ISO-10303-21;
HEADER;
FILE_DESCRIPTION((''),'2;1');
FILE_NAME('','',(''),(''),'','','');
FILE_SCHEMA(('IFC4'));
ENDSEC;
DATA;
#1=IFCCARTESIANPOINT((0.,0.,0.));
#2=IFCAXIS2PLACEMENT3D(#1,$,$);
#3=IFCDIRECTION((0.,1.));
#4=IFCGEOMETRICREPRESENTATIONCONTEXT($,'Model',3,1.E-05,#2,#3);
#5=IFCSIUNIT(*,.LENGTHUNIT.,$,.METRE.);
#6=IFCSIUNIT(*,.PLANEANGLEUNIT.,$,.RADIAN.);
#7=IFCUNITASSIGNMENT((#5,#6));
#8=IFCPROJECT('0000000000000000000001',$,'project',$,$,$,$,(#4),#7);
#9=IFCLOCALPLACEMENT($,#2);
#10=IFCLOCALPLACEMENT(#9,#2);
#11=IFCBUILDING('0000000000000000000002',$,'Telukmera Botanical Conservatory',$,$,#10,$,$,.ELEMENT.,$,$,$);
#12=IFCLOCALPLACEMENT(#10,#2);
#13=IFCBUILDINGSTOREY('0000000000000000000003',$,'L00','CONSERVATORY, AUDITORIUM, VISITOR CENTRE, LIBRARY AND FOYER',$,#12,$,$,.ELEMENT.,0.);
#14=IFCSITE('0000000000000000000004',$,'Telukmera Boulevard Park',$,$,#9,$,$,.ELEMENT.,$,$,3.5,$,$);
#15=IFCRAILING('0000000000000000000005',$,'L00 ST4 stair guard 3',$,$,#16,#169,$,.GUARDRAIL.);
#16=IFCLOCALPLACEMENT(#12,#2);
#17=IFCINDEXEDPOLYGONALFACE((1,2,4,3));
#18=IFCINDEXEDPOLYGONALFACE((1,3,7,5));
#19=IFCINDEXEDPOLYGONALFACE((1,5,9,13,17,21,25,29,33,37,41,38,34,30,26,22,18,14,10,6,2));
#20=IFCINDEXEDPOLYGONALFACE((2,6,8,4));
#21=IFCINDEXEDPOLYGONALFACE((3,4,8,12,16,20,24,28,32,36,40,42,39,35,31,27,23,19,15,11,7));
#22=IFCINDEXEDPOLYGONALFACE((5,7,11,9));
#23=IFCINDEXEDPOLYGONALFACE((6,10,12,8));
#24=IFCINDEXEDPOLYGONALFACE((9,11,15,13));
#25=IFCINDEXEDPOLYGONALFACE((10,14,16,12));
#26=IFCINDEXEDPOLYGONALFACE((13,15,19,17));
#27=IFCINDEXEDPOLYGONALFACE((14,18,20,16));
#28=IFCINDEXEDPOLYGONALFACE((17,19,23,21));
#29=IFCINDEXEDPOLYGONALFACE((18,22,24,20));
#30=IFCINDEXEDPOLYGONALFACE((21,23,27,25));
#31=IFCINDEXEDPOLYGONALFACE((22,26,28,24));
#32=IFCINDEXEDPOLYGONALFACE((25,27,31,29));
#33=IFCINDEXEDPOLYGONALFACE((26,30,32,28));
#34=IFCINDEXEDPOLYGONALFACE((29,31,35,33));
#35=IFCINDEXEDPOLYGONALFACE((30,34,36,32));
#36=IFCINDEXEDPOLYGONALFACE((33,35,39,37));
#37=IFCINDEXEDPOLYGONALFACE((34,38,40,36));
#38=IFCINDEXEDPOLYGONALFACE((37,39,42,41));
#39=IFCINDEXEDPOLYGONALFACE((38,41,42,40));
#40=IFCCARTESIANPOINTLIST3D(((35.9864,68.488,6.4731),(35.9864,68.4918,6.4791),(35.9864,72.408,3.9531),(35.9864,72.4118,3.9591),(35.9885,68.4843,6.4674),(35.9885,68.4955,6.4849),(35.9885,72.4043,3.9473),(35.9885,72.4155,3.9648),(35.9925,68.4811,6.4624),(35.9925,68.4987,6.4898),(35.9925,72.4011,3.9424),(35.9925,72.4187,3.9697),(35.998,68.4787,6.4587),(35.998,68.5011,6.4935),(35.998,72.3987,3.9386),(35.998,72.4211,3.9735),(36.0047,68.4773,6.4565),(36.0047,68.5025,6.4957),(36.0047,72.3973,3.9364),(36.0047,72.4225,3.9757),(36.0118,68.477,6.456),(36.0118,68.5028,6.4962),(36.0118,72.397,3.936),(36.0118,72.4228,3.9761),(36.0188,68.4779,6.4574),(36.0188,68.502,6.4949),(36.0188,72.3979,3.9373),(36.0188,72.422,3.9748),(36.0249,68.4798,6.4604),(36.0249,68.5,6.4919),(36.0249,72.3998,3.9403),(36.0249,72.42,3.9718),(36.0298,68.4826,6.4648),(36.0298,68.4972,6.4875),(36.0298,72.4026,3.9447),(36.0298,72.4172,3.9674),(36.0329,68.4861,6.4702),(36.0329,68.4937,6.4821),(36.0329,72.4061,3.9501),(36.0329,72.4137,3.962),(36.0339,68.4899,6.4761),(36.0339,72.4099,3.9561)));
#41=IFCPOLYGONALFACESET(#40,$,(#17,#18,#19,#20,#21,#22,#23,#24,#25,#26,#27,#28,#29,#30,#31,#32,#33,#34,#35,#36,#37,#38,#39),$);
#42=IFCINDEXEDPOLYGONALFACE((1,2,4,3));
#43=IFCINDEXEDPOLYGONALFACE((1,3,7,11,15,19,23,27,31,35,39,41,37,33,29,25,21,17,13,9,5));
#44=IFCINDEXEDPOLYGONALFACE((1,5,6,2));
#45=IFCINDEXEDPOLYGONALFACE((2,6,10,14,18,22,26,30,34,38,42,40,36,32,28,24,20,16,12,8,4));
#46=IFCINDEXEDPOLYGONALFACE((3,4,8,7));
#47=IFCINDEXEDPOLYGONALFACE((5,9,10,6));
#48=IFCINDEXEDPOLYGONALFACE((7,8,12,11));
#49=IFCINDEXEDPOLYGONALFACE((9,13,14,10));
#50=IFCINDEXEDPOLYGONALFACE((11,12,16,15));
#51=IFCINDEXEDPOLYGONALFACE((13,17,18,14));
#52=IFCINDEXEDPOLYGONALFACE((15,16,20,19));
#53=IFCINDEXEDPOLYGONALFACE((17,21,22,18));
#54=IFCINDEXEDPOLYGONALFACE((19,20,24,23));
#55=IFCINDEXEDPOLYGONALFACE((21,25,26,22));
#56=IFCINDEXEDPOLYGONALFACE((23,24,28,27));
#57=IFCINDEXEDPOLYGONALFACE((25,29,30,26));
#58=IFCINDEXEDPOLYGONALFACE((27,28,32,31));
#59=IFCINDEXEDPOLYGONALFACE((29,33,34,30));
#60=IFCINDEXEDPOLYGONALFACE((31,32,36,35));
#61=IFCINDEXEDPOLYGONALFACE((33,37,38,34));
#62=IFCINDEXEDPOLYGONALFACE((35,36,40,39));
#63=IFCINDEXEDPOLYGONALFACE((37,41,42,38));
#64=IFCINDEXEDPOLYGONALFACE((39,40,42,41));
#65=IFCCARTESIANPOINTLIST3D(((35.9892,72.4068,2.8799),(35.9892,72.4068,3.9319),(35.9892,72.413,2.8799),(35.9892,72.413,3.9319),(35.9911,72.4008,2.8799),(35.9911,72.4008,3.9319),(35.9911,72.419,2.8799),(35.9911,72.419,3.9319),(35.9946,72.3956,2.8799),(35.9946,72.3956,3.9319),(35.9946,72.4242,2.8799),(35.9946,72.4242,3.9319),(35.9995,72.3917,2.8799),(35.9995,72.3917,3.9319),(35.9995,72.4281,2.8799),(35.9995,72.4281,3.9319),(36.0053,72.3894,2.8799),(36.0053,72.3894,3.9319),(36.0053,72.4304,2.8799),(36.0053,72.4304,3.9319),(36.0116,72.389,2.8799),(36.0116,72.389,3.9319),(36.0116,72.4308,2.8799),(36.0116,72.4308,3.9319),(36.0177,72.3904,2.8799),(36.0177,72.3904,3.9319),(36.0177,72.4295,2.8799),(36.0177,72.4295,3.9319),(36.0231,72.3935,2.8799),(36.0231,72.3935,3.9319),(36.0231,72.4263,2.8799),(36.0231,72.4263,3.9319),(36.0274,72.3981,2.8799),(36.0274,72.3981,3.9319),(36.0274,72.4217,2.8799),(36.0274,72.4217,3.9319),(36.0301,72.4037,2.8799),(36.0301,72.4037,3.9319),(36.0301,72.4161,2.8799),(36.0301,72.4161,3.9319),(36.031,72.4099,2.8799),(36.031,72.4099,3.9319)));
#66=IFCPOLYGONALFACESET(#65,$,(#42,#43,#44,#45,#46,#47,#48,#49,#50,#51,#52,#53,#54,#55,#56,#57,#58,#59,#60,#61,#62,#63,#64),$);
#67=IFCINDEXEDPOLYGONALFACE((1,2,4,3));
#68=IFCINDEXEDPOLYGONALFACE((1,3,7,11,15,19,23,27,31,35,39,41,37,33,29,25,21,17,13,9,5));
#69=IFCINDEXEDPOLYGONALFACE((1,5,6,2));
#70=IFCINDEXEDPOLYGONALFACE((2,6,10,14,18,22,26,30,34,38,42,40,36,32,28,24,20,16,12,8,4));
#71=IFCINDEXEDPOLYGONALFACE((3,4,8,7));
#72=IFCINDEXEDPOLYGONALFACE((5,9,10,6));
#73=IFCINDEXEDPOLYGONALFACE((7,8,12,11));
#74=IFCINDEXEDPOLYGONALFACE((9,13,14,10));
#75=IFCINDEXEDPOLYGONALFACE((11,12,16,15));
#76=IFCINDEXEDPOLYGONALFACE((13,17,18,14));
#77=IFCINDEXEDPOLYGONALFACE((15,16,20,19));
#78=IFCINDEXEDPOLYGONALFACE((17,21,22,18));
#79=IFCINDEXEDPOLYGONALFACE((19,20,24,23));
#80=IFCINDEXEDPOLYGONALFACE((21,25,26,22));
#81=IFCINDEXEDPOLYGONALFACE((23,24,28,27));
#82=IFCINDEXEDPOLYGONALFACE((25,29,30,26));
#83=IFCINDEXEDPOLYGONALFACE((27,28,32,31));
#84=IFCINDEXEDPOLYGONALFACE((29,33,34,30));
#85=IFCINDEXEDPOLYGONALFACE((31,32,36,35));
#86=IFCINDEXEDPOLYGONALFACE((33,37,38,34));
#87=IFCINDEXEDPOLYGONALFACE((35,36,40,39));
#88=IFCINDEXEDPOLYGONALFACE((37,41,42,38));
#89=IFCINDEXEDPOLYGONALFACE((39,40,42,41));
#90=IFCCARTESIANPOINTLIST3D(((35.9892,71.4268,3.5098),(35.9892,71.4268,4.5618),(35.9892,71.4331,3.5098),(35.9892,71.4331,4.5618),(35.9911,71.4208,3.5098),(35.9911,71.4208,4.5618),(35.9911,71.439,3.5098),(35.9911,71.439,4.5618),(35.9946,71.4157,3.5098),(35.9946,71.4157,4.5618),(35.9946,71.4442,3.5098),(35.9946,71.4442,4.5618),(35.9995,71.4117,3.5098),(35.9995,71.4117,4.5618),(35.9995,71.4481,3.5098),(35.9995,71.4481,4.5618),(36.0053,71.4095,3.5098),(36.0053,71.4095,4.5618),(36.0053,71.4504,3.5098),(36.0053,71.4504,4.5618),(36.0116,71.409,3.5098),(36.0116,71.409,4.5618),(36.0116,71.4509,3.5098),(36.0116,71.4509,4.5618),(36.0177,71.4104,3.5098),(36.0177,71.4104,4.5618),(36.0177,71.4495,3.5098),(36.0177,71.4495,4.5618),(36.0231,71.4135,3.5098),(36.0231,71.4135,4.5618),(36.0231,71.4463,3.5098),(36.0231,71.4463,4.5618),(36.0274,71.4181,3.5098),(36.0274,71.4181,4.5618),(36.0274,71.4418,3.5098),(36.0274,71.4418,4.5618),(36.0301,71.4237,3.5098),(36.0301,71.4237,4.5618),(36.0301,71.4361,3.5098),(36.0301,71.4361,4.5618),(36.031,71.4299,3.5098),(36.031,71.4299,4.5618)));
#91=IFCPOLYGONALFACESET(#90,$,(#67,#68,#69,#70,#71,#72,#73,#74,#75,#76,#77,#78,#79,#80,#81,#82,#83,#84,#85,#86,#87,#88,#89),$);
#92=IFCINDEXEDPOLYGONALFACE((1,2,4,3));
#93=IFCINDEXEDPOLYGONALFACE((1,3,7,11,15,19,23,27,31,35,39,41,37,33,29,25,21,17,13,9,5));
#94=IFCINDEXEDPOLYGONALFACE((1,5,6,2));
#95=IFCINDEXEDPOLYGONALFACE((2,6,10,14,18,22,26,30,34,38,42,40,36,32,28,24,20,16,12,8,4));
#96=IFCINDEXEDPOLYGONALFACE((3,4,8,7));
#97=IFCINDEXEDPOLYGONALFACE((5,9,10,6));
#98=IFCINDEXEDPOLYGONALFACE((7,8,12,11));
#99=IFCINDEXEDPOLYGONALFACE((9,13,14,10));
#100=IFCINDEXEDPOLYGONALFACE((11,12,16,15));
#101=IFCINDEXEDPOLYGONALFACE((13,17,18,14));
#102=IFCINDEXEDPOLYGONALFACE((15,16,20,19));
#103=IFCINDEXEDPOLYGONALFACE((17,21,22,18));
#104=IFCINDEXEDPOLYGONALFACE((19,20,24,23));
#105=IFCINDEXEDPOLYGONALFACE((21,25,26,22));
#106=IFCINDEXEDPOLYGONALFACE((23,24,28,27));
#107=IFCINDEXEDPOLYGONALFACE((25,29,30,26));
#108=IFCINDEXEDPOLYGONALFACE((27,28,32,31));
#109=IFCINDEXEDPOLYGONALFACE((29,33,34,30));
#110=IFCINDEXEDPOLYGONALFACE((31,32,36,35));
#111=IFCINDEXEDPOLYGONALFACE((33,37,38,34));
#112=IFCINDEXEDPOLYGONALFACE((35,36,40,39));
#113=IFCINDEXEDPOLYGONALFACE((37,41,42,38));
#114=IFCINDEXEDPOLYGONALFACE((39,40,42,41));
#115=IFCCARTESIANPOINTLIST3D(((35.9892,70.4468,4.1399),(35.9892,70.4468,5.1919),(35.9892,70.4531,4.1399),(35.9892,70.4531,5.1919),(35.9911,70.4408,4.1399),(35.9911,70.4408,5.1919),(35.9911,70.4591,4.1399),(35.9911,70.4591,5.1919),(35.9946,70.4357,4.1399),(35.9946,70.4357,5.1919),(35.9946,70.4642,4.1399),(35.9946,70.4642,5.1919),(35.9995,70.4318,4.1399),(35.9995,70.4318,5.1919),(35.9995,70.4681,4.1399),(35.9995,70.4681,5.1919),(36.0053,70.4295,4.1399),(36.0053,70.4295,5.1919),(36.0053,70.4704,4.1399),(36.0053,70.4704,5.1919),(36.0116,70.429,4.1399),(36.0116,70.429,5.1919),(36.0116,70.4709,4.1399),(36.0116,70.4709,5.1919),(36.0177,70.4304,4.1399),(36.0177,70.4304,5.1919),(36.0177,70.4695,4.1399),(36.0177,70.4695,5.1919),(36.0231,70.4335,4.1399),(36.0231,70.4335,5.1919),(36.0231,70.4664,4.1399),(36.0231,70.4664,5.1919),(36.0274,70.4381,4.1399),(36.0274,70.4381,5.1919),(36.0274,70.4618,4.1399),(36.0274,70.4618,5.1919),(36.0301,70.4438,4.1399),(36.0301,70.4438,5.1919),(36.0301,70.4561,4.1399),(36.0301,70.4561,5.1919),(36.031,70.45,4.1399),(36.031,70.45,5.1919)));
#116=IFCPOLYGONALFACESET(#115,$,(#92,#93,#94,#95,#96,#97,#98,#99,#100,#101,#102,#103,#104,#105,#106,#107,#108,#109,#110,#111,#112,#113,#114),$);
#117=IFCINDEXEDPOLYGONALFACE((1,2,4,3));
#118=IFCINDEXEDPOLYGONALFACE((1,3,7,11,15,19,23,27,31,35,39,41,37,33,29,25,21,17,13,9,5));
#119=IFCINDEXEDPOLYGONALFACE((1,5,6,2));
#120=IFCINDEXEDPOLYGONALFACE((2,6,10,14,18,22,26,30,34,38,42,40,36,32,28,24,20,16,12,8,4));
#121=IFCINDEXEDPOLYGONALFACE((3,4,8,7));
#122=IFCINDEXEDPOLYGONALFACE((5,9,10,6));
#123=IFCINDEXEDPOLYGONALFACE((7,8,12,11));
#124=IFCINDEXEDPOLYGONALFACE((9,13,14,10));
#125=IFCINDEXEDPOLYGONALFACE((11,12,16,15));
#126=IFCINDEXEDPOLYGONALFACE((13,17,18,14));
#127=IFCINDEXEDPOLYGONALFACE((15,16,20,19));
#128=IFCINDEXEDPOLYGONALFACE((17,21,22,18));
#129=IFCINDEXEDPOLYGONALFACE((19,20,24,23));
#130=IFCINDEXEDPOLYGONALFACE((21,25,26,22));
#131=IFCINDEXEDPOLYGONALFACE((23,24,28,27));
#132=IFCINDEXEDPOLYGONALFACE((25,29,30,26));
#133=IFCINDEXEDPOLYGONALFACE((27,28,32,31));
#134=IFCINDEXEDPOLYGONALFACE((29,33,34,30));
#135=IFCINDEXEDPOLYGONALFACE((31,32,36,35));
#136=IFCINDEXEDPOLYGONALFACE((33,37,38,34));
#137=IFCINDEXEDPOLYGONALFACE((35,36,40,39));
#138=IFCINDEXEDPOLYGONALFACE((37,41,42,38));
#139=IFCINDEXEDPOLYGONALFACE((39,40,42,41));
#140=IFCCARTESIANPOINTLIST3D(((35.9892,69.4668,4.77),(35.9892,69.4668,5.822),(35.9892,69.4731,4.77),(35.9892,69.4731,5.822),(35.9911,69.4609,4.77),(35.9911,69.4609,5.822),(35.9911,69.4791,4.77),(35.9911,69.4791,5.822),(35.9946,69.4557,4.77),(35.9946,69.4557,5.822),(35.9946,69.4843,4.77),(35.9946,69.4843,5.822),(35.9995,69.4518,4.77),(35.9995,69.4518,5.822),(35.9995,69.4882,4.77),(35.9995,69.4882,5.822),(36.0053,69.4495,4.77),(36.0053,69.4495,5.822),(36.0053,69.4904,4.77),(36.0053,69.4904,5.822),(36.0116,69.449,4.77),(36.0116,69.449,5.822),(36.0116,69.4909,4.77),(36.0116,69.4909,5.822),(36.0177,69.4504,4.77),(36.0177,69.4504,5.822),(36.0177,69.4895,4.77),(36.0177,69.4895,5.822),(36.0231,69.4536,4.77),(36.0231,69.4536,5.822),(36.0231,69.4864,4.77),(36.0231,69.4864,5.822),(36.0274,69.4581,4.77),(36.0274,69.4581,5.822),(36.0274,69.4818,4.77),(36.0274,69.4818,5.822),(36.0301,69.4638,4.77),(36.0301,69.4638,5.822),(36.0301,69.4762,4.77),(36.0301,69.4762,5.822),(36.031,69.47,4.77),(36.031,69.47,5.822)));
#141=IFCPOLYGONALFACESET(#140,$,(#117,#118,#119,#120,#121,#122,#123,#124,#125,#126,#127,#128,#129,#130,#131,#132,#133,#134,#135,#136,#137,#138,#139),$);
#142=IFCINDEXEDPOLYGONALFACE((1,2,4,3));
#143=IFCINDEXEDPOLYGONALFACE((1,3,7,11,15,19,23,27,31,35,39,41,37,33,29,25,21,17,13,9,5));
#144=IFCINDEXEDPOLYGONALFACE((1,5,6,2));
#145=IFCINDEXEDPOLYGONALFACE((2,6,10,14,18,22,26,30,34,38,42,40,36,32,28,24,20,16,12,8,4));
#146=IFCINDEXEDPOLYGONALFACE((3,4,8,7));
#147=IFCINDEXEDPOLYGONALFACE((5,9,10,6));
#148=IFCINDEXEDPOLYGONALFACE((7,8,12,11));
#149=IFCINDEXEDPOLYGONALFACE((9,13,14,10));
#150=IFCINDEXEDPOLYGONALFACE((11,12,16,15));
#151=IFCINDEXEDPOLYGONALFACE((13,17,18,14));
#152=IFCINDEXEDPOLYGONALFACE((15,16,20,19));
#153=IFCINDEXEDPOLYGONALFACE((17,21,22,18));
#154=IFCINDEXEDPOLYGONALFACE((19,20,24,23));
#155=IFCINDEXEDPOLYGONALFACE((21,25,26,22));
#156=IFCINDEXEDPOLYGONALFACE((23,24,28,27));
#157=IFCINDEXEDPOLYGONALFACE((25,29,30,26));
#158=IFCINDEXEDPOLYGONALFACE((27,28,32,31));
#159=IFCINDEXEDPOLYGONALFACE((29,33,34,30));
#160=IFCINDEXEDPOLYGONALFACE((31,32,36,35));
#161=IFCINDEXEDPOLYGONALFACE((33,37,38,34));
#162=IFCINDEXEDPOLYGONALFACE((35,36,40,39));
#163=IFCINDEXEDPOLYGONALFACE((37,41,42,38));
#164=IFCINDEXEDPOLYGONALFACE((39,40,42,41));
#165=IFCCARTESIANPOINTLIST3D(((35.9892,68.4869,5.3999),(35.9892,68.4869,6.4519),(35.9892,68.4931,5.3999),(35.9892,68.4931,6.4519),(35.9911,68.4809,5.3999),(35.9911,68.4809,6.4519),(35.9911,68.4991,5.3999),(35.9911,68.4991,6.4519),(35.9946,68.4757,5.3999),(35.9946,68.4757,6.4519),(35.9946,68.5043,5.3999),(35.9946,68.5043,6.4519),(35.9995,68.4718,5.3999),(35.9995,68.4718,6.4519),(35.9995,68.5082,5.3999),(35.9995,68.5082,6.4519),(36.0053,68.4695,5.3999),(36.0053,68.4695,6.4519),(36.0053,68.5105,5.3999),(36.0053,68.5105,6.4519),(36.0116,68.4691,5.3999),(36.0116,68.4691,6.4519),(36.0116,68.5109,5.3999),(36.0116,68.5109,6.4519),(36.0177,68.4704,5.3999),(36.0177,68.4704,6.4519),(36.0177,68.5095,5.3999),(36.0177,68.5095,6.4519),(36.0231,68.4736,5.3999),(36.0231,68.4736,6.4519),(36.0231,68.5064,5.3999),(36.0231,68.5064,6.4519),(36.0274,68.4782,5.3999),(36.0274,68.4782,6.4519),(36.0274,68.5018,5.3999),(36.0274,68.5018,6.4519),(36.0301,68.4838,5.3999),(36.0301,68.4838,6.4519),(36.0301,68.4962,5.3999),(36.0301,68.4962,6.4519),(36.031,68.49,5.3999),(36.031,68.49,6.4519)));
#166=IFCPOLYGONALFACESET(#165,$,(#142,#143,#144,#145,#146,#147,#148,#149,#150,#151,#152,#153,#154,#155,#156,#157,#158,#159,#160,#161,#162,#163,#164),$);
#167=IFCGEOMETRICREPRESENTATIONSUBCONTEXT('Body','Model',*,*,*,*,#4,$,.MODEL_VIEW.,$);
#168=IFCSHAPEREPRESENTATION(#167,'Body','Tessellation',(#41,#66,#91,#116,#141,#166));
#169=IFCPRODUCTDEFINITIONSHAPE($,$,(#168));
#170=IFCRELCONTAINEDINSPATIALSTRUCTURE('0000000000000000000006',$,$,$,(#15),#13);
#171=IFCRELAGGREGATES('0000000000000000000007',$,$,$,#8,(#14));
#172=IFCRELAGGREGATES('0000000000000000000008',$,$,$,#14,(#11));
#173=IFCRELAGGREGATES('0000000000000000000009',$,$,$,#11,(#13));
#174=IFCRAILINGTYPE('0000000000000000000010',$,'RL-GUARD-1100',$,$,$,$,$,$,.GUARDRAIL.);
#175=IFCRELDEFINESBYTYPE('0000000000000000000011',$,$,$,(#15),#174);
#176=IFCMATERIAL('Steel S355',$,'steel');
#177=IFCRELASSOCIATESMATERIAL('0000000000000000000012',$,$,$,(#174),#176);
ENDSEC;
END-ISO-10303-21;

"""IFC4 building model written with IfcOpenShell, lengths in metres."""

from ifc_helpers import new_model, si_unit, direction, frame, origin, origin_2d, place, context, subcontext, project, spatial, circle, extrude, material, type_object, element, save


model = new_model("IFC4")

# Units and contexts
model_context = context("Model", 3, precision=1e-05, world=origin(), true_north=direction((0.0, 1.0)))
body_context = subcontext(model_context, "Body", "Model", "MODEL_VIEW")
ifc_project = project(units=[si_unit("LENGTHUNIT", "METRE"), si_unit("PLANEANGLEUNIT", "RADIAN")], contexts=[model_context])

# Site, building, storey
site_placement = place(None, origin())
site = spatial("IfcSite", under=ifc_project, at=site_placement, Name="Telukmera Boulevard Park", CompositionType="ELEMENT", RefElevation=3.5)
building_placement = place(site_placement, origin())
building = spatial("IfcBuilding", under=site, at=building_placement, Name="Telukmera Botanical Conservatory", CompositionType="ELEMENT")
storey_placement = place(building_placement, origin())
storey = spatial("IfcBuildingStorey", under=building, at=storey_placement, Name="L00", Description="CONSERVATORY, AUDITORIUM, VISITOR CENTRE, LIBRARY AND FOYER", CompositionType="ELEMENT", Elevation=0.0)

# Railing
ifc_material_1 = material(Name="Steel S355", Category="steel")
railing_type_1 = type_object("IfcRailingType", Name="RL-GUARD-1100", PredefinedType="GUARDRAIL", material=ifc_material_1)
railing_1_placement = place(storey_placement, frame((36.01, 72.4099, 2.8799)))
element("IfcRailing", 1, at=railing_1_placement, inside=storey, type_object=railing_type_1, Name="L00 ST4 stair guard 3", PredefinedType="GUARDRAIL", context=body_context, shape_type="SweptSolid", body=[
    extrude(circle(Radius=0.0239, at=origin_2d()), frame((0.0, 0.0, 1.0762), z_axis=(0.0, -0.841172, 0.540768), x_axis=(1.0, 0.0, 0.0)), (0.0, 0.0, 1.0), 4.6602),
    extrude(circle(Radius=0.021, at=origin_2d()), origin(), (0.0, 0.0, 1.0), 1.052),
    extrude(circle(Radius=0.021, at=origin_2d()), frame((0.0, -0.98, 0.6299)), (0.0, 0.0, 1.0), 1.052),
    extrude(circle(Radius=0.021, at=origin_2d()), frame((0.0, -1.96, 1.26)), (0.0, 0.0, 1.0), 1.052),
    extrude(circle(Radius=0.021, at=origin_2d()), frame((0.0, -2.9399, 1.8901)), (0.0, 0.0, 1.0), 1.052),
    extrude(circle(Radius=0.021, at=origin_2d()), frame((0.0, -3.9199, 2.52)), (0.0, 0.0, 1.0), 1.052),
])

save(model, "model.ifc")
